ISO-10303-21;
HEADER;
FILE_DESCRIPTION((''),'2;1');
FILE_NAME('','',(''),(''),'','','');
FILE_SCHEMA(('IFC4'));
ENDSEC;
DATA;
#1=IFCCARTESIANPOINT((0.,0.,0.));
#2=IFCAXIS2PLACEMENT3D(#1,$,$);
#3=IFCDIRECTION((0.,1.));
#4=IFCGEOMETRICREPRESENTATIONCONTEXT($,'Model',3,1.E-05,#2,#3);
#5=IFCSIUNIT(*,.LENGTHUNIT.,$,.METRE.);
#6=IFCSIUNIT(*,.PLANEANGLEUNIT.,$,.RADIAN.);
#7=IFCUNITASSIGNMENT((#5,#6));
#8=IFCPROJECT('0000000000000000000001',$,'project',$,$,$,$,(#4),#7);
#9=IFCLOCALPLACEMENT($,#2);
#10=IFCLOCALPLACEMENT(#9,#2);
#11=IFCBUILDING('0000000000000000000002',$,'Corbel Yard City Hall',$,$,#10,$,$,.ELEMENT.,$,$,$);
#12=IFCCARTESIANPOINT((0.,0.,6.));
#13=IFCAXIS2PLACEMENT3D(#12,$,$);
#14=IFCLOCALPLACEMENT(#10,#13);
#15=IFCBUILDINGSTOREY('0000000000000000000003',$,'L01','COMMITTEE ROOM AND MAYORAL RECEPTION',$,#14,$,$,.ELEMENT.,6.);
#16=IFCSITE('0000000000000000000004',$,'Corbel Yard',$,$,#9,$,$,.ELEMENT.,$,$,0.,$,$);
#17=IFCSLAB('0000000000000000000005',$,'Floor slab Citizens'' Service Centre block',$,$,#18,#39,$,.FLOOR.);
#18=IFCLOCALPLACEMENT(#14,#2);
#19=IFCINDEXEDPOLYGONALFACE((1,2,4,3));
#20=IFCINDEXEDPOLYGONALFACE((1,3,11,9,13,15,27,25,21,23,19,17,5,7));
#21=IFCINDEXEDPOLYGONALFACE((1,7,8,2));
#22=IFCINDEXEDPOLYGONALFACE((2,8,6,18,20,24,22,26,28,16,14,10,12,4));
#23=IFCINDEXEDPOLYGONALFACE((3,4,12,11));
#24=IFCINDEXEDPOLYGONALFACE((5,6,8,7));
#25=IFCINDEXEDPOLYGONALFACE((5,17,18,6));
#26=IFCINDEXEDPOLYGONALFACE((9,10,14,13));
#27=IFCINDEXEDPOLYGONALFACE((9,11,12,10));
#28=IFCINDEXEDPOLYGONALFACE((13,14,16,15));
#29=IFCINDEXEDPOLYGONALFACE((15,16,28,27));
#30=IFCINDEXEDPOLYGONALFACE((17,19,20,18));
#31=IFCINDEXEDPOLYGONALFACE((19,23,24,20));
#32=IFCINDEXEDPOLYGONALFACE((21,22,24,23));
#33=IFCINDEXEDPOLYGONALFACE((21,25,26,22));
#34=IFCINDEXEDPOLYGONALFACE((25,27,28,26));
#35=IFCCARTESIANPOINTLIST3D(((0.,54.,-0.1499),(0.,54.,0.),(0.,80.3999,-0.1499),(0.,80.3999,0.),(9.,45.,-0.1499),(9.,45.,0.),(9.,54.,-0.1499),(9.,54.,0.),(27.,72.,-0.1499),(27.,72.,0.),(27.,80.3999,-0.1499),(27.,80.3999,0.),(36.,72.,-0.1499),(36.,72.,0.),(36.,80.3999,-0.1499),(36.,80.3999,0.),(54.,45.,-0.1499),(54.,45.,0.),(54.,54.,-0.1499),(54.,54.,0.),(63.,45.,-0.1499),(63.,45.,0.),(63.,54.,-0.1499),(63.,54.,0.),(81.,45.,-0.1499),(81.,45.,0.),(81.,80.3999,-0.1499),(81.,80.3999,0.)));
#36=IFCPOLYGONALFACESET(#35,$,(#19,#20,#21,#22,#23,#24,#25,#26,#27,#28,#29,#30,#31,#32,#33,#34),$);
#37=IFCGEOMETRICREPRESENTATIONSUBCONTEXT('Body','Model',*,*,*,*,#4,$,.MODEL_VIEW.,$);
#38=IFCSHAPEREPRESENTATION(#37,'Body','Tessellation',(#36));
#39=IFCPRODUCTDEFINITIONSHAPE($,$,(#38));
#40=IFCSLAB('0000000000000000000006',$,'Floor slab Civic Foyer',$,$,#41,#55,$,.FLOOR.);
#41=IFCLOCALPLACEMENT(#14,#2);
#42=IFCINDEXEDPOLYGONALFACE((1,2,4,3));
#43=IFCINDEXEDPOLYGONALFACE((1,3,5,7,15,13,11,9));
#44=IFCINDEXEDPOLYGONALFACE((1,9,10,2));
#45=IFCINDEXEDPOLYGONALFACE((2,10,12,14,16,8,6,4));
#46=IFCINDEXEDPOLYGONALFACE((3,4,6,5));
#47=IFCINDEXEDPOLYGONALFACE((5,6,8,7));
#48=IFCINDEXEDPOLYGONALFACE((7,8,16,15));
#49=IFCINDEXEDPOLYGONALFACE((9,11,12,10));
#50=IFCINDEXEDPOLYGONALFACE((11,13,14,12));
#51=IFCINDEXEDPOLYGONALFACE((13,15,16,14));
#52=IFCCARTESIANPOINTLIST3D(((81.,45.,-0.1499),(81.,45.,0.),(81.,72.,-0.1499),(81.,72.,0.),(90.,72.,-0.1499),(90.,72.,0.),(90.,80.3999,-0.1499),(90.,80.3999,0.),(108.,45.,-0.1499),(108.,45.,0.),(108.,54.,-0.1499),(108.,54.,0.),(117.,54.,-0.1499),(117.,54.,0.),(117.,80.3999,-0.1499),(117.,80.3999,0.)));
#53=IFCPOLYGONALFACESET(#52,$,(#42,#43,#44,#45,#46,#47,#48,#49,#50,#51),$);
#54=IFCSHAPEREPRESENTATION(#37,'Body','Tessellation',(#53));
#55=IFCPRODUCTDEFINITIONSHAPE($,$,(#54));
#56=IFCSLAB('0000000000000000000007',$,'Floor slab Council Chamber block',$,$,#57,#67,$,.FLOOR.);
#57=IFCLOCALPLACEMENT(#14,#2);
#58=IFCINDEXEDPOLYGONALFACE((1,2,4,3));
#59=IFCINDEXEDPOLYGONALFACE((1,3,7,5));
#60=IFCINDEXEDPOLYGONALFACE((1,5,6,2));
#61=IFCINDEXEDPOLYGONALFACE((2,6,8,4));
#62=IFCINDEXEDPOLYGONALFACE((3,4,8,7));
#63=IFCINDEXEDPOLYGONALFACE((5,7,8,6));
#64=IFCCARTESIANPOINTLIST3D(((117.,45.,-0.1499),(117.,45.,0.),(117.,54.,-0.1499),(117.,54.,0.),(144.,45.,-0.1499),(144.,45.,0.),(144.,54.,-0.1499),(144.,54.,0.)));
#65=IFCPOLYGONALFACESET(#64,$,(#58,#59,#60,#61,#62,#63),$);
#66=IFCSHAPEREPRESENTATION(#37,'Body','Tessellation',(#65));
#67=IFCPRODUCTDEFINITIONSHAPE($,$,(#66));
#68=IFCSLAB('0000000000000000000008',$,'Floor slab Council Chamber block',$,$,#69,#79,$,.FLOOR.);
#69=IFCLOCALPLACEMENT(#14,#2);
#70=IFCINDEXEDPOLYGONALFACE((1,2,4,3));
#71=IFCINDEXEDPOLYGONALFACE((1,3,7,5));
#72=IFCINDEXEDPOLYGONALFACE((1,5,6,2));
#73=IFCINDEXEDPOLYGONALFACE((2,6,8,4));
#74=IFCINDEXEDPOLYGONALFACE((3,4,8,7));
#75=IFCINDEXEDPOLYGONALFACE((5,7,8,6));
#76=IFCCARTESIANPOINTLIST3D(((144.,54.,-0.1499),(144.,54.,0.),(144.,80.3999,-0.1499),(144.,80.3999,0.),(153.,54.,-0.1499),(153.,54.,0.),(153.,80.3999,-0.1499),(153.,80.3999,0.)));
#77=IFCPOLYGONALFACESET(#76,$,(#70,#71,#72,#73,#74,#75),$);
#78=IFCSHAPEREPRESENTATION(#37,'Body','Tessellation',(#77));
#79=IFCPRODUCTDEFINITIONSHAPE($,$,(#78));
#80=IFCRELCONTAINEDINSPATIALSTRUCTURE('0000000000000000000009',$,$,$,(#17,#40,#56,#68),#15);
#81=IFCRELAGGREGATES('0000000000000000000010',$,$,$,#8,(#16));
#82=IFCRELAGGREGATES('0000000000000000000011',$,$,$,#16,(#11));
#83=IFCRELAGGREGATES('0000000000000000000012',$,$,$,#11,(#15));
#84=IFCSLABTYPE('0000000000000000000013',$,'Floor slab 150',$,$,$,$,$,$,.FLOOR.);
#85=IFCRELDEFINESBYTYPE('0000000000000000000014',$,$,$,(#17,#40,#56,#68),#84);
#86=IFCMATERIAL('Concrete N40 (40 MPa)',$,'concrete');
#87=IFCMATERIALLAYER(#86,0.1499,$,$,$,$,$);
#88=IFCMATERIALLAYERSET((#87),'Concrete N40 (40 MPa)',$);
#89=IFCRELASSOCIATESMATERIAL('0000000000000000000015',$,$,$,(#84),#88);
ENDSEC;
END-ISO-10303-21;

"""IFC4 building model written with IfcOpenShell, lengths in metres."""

from ifc_helpers import new_model, si_unit, direction, frame, origin, place, context, subcontext, project, spatial, polyline, outline, extrude, material, layer, layer_set, type_object, element, save


model = new_model("IFC4")

# Units and contexts
model_context = context("Model", 3, precision=1e-05, world=origin(), true_north=direction((0.0, 1.0)))
body_context = subcontext(model_context, "Body", "Model", "MODEL_VIEW")
ifc_project = project(units=[si_unit("LENGTHUNIT", "METRE"), si_unit("PLANEANGLEUNIT", "RADIAN")], contexts=[model_context])

# Site, building, storey
site_placement = place(None, origin())
site = spatial("IfcSite", under=ifc_project, at=site_placement, Name="Corbel Yard", CompositionType="ELEMENT", RefElevation=0.0)
building_placement = place(site_placement, origin())
building = spatial("IfcBuilding", under=site, at=building_placement, Name="Corbel Yard City Hall", CompositionType="ELEMENT")
storey_placement = place(building_placement, frame((0.0, 0.0, 6.0)))
storey = spatial("IfcBuildingStorey", under=building, at=storey_placement, Name="L01", Description="COMMITTEE ROOM AND MAYORAL RECEPTION", CompositionType="ELEMENT", Elevation=6.0)

# Slabs
ifc_material_1 = material(Name="Concrete N40 (40 MPa)", Category="concrete")
ifc_layer_1 = layer(ifc_material_1, 0.1499)
ifc_layer_set_1 = layer_set([ifc_layer_1], Name="Concrete N40 (40 MPa)")
slab_type_1 = type_object("IfcSlabType", Name="Floor slab 150", PredefinedType="FLOOR", material=ifc_layer_set_1)
slab_1_placement = place(storey_placement, frame((0.0, 0.0, -0.1499)))
element("IfcSlab", 1, at=slab_1_placement, inside=storey, type_object=slab_type_1, Name="Floor slab Citizens' Service Centre block", PredefinedType="FLOOR", context=body_context, shape_type="SweptSolid", body=[
    extrude(outline(polyline([(81.0, 80.3999), (36.0, 80.3999), (36.0, 72.0), (27.0, 72.0), (27.0, 80.3999), (0.0, 80.3999), (0.0, 54.0), (9.0, 54.0), (9.0, 45.0), (54.0, 45.0), (54.0, 54.0), (63.0, 54.0), (63.0, 45.0), (81.0, 45.0), (81.0, 80.3999)])), origin(), (0.0, 0.0, 1.0), 0.1499),
])
slab_2_placement = place(storey_placement, frame((0.0, 0.0, -0.1499)))
element("IfcSlab", 2, at=slab_2_placement, inside=storey, type_object=slab_type_1, Name="Floor slab Civic Foyer", PredefinedType="FLOOR", context=body_context, shape_type="SweptSolid", body=[
    extrude(outline(polyline([(90.0, 80.3999), (90.0, 72.0), (81.0, 72.0), (81.0, 45.0), (108.0, 45.0), (108.0, 54.0), (117.0, 54.0), (117.0, 80.3999), (90.0, 80.3999)])), origin(), (0.0, 0.0, 1.0), 0.1499),
])
slab_3_placement = place(storey_placement, frame((0.0, 0.0, -0.1499)))
element("IfcSlab", 3, at=slab_3_placement, inside=storey, type_object=slab_type_1, Name="Floor slab Council Chamber block", PredefinedType="FLOOR", context=body_context, shape_type="SweptSolid", body=[
    extrude(outline(polyline([(144.0, 45.0), (144.0, 54.0), (117.0, 54.0), (117.0, 45.0), (144.0, 45.0)])), origin(), (0.0, 0.0, 1.0), 0.1499),
])
slab_4_placement = place(storey_placement, frame((0.0, 0.0, -0.1499)))
element("IfcSlab", 4, at=slab_4_placement, inside=storey, type_object=slab_type_1, Name="Floor slab Council Chamber block", PredefinedType="FLOOR", context=body_context, shape_type="SweptSolid", body=[
    extrude(outline(polyline([(153.0, 80.3999), (144.0, 80.3999), (144.0, 54.0), (153.0, 54.0), (153.0, 80.3999)])), origin(), (0.0, 0.0, 1.0), 0.1499),
])

save(model, "model.ifc")
